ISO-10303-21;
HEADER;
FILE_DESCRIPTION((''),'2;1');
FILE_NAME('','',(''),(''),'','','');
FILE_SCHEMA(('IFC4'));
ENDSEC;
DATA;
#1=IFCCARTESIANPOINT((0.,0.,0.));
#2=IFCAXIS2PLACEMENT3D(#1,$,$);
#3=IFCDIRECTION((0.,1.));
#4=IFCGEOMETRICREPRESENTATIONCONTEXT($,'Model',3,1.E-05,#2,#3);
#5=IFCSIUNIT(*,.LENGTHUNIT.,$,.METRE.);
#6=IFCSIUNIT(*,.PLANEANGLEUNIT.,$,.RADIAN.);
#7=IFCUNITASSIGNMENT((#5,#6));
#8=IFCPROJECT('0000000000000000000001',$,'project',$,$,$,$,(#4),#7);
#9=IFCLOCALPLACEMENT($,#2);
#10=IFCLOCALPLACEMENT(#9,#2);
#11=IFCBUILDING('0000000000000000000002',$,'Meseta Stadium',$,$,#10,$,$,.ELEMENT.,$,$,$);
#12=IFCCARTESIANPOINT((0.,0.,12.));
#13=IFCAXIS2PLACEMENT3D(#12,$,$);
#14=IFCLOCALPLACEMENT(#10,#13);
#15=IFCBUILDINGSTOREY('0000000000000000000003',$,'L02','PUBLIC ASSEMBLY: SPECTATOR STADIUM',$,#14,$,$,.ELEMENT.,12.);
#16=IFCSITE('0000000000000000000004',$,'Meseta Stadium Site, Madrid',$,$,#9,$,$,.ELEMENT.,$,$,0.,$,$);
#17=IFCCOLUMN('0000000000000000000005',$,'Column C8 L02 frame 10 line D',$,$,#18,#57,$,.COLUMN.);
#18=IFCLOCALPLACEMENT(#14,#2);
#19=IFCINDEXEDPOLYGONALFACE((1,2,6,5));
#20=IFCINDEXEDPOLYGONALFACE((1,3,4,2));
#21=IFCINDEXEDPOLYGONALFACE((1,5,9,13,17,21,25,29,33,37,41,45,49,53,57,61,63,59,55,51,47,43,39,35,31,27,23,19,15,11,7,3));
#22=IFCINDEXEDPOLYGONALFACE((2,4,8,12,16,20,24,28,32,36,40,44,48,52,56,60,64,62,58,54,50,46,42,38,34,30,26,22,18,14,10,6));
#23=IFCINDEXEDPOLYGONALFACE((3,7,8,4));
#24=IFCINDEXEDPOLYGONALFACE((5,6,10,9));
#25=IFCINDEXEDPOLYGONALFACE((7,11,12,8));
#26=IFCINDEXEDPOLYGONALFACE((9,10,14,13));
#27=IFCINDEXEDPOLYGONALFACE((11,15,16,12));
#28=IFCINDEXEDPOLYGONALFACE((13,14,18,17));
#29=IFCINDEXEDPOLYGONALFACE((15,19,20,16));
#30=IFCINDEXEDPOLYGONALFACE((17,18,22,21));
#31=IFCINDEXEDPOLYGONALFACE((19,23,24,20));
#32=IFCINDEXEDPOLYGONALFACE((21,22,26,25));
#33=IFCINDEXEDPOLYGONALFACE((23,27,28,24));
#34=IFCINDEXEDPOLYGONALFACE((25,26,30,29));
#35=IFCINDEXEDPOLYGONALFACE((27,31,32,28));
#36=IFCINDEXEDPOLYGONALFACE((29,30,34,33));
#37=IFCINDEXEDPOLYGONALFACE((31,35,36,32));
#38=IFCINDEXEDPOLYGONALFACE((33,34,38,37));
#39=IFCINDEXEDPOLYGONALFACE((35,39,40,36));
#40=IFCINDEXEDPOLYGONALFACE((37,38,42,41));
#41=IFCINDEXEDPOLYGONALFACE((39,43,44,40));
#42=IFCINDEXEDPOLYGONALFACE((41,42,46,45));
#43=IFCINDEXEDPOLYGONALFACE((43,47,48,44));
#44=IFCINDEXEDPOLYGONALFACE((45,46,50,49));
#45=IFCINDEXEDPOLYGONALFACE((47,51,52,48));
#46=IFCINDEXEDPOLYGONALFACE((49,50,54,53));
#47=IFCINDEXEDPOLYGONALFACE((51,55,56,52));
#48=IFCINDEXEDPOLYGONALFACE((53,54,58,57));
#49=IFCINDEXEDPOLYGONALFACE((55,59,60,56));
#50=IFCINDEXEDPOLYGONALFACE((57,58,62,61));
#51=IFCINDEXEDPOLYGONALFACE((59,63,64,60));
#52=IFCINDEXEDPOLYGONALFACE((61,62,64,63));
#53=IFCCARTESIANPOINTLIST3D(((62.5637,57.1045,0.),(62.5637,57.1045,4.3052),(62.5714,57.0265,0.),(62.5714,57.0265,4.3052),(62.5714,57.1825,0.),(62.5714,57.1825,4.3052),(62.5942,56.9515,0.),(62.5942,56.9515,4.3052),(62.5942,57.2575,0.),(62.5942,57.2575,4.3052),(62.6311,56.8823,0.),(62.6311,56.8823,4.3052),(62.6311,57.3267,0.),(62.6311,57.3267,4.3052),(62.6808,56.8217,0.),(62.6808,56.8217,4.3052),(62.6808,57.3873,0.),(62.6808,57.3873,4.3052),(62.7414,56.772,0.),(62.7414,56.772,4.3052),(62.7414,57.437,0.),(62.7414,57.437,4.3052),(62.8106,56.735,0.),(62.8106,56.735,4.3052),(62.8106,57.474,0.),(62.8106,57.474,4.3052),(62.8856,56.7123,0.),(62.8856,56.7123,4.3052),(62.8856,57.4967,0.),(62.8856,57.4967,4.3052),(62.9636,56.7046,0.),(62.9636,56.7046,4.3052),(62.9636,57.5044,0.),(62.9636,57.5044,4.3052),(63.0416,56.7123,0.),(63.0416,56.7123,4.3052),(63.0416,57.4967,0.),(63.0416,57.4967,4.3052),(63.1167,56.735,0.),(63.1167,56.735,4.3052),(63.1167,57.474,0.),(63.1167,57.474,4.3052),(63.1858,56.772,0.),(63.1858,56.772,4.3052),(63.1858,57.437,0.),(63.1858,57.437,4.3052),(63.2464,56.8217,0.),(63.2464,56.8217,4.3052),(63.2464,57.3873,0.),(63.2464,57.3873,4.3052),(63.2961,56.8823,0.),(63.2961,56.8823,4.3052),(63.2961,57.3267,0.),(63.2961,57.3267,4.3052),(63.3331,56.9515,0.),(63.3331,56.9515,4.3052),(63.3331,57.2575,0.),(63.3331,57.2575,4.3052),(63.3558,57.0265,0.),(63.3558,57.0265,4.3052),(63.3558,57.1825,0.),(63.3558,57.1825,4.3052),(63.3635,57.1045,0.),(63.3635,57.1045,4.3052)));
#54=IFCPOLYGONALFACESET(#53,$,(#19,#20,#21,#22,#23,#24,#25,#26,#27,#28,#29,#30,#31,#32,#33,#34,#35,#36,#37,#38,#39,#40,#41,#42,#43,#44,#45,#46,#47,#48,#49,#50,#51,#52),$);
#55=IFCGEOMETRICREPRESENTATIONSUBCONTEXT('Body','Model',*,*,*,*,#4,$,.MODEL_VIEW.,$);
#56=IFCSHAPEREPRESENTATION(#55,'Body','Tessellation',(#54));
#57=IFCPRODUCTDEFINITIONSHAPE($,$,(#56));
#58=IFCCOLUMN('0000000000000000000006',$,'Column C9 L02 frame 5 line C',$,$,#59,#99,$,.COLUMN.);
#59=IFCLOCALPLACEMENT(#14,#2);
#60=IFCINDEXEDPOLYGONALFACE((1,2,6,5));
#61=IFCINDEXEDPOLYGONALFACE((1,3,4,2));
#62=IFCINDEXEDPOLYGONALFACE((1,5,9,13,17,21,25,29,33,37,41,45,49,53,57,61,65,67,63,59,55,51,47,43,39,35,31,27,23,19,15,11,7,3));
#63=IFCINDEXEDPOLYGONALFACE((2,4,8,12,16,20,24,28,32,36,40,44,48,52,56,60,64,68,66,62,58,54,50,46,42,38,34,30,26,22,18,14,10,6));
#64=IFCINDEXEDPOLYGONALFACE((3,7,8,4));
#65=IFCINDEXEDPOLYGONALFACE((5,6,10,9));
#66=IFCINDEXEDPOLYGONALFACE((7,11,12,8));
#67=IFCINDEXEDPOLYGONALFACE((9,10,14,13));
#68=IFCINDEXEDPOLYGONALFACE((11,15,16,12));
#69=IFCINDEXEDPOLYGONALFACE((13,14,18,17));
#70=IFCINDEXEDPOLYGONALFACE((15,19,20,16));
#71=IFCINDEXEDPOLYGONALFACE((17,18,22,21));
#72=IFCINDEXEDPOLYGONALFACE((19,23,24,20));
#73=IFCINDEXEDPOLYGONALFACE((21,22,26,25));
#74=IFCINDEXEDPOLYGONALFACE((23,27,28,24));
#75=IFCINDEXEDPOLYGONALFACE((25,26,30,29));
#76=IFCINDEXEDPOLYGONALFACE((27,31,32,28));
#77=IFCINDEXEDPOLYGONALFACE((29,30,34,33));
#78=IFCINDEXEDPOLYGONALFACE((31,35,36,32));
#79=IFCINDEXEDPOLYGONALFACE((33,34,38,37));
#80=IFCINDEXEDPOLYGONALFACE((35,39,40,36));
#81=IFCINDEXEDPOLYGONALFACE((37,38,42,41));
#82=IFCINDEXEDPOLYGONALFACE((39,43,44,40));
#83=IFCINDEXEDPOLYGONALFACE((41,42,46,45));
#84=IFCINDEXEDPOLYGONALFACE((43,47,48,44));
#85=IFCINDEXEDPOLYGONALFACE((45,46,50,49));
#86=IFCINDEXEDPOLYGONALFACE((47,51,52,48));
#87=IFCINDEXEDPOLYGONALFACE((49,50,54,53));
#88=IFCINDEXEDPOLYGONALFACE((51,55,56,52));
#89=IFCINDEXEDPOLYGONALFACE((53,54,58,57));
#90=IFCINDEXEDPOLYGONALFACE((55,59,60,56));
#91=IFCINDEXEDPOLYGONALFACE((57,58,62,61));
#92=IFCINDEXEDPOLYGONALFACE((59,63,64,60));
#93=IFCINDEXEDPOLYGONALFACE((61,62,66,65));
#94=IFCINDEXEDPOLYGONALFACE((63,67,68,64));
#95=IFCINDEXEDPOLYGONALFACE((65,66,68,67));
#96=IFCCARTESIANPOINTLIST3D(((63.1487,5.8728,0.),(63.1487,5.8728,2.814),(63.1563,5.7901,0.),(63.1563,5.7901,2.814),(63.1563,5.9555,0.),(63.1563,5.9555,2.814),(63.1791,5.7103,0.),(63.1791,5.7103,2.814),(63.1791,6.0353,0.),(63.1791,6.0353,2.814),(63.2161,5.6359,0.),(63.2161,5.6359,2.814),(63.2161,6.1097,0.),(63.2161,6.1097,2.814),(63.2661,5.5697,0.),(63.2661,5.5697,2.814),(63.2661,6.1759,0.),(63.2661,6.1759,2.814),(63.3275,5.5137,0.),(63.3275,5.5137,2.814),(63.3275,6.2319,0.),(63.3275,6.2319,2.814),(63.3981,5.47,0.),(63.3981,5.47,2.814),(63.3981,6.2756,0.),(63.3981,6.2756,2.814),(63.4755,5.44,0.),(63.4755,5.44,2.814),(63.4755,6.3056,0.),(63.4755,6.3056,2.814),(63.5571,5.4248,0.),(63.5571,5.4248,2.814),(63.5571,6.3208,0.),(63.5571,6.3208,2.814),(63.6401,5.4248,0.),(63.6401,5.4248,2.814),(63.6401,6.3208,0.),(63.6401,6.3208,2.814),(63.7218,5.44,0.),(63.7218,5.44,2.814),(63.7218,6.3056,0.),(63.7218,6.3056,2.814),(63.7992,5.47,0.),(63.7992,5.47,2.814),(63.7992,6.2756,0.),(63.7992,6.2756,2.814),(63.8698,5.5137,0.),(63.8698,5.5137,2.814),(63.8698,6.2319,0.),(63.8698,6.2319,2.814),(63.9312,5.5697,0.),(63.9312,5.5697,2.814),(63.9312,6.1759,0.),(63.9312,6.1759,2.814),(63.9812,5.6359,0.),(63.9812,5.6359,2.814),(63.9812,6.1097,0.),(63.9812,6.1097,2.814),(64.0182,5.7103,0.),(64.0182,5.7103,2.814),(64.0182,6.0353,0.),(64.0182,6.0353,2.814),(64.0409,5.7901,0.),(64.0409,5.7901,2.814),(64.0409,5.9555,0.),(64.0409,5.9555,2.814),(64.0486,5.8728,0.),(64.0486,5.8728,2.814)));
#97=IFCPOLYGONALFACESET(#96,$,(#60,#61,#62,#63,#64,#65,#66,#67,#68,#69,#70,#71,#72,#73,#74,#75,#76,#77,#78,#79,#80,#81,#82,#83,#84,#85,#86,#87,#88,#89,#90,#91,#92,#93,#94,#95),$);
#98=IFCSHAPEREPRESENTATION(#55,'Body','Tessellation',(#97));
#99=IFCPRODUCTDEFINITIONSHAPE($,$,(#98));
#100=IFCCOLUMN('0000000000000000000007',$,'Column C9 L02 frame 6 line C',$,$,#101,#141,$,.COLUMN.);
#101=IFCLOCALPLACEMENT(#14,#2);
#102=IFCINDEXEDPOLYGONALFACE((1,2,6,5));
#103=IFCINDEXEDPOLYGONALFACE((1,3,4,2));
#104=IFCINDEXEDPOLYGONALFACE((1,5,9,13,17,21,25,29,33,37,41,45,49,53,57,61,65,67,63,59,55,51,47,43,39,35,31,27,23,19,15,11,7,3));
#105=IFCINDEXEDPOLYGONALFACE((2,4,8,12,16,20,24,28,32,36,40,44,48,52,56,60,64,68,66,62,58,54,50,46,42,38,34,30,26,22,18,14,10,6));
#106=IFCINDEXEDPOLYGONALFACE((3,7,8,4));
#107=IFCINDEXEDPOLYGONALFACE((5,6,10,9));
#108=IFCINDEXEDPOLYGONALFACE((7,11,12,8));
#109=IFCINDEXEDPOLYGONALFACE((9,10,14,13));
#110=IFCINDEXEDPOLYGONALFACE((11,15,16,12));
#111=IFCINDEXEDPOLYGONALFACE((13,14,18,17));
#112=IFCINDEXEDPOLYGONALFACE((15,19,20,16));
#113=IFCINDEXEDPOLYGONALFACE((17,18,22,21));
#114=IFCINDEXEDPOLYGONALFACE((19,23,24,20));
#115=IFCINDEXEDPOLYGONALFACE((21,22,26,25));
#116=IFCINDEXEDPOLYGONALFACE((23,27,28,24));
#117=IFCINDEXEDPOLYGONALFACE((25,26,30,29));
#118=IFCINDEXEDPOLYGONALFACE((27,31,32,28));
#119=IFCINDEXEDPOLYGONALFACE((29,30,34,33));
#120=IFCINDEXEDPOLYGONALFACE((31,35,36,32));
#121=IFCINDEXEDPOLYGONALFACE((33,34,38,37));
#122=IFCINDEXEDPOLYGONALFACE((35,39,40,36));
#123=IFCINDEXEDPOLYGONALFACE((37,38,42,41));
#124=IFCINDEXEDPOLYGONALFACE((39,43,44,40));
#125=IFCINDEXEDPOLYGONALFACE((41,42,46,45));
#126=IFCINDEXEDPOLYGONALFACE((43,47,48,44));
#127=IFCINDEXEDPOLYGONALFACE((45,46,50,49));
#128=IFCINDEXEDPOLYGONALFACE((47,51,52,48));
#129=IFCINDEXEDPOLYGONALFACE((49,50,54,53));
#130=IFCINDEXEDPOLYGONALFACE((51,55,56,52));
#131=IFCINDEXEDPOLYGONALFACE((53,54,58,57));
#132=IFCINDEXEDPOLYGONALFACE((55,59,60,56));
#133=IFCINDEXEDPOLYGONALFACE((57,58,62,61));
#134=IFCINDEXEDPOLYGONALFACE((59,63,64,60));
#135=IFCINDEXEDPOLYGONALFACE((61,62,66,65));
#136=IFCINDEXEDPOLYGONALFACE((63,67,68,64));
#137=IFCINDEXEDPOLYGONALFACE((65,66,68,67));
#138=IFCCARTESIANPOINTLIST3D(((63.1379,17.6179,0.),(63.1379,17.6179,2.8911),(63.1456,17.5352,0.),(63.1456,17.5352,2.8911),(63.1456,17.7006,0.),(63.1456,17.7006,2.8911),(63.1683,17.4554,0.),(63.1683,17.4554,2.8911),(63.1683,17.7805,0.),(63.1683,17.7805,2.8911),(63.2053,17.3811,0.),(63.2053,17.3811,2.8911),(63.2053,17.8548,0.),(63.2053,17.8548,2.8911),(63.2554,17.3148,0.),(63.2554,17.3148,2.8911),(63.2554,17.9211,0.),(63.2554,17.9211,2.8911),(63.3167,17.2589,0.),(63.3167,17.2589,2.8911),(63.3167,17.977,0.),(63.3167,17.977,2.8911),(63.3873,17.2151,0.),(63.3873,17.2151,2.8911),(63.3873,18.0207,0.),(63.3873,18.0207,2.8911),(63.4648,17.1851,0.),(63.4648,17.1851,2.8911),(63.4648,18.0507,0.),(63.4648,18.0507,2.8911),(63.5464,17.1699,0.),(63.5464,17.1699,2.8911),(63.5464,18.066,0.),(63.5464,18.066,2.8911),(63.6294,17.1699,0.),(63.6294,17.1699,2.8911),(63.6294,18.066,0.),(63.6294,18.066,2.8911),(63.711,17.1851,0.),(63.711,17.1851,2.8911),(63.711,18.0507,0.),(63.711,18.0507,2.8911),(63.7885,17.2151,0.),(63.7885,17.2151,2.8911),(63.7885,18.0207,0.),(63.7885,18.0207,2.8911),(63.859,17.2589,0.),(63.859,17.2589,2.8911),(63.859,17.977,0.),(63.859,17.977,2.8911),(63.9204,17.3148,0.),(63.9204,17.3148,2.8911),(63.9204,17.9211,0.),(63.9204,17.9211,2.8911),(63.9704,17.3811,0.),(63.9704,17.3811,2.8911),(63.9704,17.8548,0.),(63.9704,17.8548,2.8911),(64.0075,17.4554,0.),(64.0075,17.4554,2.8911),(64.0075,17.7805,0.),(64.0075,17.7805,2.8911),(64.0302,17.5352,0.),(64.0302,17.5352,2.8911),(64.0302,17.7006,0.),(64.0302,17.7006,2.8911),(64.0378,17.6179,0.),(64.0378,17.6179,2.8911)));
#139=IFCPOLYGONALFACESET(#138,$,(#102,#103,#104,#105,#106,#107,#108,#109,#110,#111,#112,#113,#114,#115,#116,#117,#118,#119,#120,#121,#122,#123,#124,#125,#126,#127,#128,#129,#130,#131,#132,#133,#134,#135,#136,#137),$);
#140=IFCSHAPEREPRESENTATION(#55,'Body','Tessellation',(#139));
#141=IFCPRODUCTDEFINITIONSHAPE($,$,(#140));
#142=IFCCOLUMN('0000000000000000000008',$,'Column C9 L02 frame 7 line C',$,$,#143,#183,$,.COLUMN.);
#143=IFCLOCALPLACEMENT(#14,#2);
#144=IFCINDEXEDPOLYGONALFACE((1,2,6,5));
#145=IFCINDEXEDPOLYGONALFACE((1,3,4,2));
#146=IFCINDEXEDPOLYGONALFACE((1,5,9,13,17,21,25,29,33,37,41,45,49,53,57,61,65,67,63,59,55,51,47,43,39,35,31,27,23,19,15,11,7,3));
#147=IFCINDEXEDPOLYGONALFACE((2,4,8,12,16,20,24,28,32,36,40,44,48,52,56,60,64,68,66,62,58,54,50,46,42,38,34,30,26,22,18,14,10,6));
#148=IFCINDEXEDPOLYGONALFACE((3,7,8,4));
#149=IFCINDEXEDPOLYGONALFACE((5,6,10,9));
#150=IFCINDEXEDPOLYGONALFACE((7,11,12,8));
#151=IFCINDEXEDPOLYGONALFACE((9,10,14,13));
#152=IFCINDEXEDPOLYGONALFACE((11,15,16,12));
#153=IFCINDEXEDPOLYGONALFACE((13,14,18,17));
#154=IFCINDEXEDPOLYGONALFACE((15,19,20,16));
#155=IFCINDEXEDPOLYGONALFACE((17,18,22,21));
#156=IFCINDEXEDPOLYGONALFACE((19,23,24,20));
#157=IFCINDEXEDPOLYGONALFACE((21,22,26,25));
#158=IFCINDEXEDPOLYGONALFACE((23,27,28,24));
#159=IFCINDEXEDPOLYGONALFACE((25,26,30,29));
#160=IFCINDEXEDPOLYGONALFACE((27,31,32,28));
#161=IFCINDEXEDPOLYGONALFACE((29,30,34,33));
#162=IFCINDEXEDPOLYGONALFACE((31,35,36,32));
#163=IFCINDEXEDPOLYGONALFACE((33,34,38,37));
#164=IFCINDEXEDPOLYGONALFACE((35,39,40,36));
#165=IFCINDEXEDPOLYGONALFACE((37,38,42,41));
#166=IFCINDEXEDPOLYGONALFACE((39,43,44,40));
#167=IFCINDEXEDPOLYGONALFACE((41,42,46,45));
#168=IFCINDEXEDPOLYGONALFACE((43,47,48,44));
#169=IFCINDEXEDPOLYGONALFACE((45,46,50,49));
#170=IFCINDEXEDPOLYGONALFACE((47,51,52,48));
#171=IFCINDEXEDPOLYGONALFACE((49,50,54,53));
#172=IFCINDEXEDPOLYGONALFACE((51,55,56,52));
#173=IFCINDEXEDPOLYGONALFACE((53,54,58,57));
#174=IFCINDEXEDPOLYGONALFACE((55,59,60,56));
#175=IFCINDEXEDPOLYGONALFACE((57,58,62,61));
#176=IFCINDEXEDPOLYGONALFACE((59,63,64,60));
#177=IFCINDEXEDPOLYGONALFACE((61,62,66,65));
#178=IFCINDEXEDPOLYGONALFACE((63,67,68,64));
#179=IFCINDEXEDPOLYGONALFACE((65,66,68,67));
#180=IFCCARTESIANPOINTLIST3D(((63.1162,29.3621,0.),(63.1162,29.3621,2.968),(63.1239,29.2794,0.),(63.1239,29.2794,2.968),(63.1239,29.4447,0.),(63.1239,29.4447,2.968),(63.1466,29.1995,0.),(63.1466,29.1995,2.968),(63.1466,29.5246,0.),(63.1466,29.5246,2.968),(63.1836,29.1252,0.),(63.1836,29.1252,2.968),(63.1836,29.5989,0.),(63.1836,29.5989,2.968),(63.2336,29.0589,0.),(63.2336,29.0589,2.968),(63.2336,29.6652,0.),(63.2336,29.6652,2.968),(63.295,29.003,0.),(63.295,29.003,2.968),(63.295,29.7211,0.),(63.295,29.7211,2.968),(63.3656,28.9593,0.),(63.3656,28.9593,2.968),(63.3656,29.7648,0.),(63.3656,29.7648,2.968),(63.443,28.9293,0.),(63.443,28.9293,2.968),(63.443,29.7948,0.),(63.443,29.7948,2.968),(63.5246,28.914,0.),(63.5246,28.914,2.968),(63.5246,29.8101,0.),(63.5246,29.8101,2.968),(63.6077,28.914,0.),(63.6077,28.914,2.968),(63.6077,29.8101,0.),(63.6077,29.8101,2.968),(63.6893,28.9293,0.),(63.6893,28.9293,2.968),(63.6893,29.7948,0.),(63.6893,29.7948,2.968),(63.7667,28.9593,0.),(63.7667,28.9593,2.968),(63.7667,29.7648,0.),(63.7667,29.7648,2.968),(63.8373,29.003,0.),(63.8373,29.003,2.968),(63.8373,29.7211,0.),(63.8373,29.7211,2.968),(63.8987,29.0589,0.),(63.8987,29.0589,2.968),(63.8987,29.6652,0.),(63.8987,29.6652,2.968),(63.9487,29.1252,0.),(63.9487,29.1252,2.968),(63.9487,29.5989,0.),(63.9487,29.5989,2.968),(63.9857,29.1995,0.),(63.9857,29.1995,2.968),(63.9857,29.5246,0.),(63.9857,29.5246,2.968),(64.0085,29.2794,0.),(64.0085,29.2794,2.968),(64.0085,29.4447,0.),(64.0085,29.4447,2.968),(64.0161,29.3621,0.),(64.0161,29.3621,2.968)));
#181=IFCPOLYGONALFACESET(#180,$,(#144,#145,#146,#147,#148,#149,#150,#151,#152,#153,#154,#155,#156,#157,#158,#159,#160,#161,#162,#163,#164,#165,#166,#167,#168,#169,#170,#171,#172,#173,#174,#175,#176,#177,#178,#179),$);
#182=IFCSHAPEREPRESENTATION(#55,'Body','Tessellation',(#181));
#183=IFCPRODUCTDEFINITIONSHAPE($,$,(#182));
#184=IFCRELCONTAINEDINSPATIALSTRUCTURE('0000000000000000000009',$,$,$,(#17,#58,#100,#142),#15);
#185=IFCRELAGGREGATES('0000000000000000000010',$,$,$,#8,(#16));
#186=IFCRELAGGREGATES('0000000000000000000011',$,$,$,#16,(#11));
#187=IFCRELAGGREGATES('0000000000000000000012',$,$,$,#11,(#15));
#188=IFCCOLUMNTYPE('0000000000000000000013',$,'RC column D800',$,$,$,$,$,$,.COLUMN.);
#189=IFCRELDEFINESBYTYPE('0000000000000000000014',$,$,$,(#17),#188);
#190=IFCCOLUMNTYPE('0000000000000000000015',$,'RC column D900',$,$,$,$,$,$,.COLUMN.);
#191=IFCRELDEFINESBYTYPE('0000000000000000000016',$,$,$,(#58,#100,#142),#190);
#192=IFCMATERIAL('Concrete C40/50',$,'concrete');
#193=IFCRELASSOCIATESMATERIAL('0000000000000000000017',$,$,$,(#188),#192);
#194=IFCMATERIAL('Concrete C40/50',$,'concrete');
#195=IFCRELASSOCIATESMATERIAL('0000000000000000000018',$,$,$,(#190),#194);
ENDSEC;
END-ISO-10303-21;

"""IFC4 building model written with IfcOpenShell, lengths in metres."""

from ifc_helpers import new_model, si_unit, direction, frame, origin, origin_2d, place, context, subcontext, project, spatial, circle, extrude, material, material_profile, profile_set, type_object, element, save


model = new_model("IFC4")

# Units and contexts
model_context = context("Model", 3, precision=1e-05, world=origin(), true_north=direction((0.0, 1.0)))
body_context = subcontext(model_context, "Body", "Model", "MODEL_VIEW")
ifc_project = project(units=[si_unit("LENGTHUNIT", "METRE"), si_unit("PLANEANGLEUNIT", "RADIAN")], contexts=[model_context])

# Site, building, storey
site_placement = place(None, origin())
site = spatial("IfcSite", under=ifc_project, at=site_placement, Name="Meseta Stadium Site, Madrid", CompositionType="ELEMENT", RefElevation=0.0)
building_placement = place(site_placement, origin())
building = spatial("IfcBuilding", under=site, at=building_placement, Name="Meseta Stadium", CompositionType="ELEMENT")
storey_placement = place(building_placement, frame((0.0, 0.0, 12.0)))
storey = spatial("IfcBuildingStorey", under=building, at=storey_placement, Name="L02", Description="PUBLIC ASSEMBLY: SPECTATOR STADIUM", CompositionType="ELEMENT", Elevation=12.0)

# Columns
ifc_material_1 = material(Name="Concrete C40/50", Category="concrete")
ifc_material_profile_1 = material_profile(ifc_material_1, circle(Radius=0.3999, at=origin_2d()), Name="RC D800")
ifc_profile_set_1 = profile_set([ifc_material_profile_1], Name="Concrete C40/50")
column_type_1 = type_object("IfcColumnType", Name="RC column D800", PredefinedType="COLUMN", material=ifc_profile_set_1)
column_1_placement = place(storey_placement, frame((62.9636, 57.1045, 0.0), z_axis=(0.0, 0.0, 1.0), x_axis=(1.0, 0.0, 0.0)))
element("IfcColumn", 1, at=column_1_placement, inside=storey, type_object=column_type_1, Name="Column C8 L02 frame 10 line D", PredefinedType="COLUMN", context=body_context, shape_type="SweptSolid", body=[
    extrude(circle(Radius=0.3999, at=origin_2d()), origin(), (0.0, 0.0, 1.0), 4.3052),
])
ifc_material_2 = material(Name="Concrete C40/50", Category="concrete")
ifc_material_profile_2 = material_profile(ifc_material_2, circle(Radius=0.45, at=origin_2d()), Name="RC D900")
ifc_profile_set_2 = profile_set([ifc_material_profile_2], Name="Concrete C40/50")
column_type_2 = type_object("IfcColumnType", Name="RC column D900", PredefinedType="COLUMN", material=ifc_profile_set_2)
column_2_placement = place(storey_placement, frame((63.5986, 5.8728, 0.0), z_axis=(0.0, 0.0, 1.0), x_axis=(1.0, 0.0, 0.0)))
element("IfcColumn", 2, at=column_2_placement, inside=storey, type_object=column_type_2, Name="Column C9 L02 frame 5 line C", PredefinedType="COLUMN", context=body_context, shape_type="SweptSolid", body=[
    extrude(circle(Radius=0.45, at=origin_2d()), origin(), (0.0, 0.0, 1.0), 2.814),
])
column_3_placement = place(storey_placement, frame((63.5879, 17.6179, 0.0), z_axis=(0.0, 0.0, 1.0), x_axis=(1.0, 0.0, 0.0)))
element("IfcColumn", 3, at=column_3_placement, inside=storey, type_object=column_type_2, Name="Column C9 L02 frame 6 line C", PredefinedType="COLUMN", context=body_context, shape_type="SweptSolid", body=[
    extrude(circle(Radius=0.45, at=origin_2d()), origin(), (0.0, 0.0, 1.0), 2.8911),
])
column_4_placement = place(storey_placement, frame((63.5662, 29.3621, 0.0), z_axis=(0.0, 0.0, 1.0), x_axis=(1.0, 0.0, 0.0)))
element("IfcColumn", 4, at=column_4_placement, inside=storey, type_object=column_type_2, Name="Column C9 L02 frame 7 line C", PredefinedType="COLUMN", context=body_context, shape_type="SweptSolid", body=[
    extrude(circle(Radius=0.45, at=origin_2d()), origin(), (0.0, 0.0, 1.0), 2.968),
])

save(model, "model.ifc")
